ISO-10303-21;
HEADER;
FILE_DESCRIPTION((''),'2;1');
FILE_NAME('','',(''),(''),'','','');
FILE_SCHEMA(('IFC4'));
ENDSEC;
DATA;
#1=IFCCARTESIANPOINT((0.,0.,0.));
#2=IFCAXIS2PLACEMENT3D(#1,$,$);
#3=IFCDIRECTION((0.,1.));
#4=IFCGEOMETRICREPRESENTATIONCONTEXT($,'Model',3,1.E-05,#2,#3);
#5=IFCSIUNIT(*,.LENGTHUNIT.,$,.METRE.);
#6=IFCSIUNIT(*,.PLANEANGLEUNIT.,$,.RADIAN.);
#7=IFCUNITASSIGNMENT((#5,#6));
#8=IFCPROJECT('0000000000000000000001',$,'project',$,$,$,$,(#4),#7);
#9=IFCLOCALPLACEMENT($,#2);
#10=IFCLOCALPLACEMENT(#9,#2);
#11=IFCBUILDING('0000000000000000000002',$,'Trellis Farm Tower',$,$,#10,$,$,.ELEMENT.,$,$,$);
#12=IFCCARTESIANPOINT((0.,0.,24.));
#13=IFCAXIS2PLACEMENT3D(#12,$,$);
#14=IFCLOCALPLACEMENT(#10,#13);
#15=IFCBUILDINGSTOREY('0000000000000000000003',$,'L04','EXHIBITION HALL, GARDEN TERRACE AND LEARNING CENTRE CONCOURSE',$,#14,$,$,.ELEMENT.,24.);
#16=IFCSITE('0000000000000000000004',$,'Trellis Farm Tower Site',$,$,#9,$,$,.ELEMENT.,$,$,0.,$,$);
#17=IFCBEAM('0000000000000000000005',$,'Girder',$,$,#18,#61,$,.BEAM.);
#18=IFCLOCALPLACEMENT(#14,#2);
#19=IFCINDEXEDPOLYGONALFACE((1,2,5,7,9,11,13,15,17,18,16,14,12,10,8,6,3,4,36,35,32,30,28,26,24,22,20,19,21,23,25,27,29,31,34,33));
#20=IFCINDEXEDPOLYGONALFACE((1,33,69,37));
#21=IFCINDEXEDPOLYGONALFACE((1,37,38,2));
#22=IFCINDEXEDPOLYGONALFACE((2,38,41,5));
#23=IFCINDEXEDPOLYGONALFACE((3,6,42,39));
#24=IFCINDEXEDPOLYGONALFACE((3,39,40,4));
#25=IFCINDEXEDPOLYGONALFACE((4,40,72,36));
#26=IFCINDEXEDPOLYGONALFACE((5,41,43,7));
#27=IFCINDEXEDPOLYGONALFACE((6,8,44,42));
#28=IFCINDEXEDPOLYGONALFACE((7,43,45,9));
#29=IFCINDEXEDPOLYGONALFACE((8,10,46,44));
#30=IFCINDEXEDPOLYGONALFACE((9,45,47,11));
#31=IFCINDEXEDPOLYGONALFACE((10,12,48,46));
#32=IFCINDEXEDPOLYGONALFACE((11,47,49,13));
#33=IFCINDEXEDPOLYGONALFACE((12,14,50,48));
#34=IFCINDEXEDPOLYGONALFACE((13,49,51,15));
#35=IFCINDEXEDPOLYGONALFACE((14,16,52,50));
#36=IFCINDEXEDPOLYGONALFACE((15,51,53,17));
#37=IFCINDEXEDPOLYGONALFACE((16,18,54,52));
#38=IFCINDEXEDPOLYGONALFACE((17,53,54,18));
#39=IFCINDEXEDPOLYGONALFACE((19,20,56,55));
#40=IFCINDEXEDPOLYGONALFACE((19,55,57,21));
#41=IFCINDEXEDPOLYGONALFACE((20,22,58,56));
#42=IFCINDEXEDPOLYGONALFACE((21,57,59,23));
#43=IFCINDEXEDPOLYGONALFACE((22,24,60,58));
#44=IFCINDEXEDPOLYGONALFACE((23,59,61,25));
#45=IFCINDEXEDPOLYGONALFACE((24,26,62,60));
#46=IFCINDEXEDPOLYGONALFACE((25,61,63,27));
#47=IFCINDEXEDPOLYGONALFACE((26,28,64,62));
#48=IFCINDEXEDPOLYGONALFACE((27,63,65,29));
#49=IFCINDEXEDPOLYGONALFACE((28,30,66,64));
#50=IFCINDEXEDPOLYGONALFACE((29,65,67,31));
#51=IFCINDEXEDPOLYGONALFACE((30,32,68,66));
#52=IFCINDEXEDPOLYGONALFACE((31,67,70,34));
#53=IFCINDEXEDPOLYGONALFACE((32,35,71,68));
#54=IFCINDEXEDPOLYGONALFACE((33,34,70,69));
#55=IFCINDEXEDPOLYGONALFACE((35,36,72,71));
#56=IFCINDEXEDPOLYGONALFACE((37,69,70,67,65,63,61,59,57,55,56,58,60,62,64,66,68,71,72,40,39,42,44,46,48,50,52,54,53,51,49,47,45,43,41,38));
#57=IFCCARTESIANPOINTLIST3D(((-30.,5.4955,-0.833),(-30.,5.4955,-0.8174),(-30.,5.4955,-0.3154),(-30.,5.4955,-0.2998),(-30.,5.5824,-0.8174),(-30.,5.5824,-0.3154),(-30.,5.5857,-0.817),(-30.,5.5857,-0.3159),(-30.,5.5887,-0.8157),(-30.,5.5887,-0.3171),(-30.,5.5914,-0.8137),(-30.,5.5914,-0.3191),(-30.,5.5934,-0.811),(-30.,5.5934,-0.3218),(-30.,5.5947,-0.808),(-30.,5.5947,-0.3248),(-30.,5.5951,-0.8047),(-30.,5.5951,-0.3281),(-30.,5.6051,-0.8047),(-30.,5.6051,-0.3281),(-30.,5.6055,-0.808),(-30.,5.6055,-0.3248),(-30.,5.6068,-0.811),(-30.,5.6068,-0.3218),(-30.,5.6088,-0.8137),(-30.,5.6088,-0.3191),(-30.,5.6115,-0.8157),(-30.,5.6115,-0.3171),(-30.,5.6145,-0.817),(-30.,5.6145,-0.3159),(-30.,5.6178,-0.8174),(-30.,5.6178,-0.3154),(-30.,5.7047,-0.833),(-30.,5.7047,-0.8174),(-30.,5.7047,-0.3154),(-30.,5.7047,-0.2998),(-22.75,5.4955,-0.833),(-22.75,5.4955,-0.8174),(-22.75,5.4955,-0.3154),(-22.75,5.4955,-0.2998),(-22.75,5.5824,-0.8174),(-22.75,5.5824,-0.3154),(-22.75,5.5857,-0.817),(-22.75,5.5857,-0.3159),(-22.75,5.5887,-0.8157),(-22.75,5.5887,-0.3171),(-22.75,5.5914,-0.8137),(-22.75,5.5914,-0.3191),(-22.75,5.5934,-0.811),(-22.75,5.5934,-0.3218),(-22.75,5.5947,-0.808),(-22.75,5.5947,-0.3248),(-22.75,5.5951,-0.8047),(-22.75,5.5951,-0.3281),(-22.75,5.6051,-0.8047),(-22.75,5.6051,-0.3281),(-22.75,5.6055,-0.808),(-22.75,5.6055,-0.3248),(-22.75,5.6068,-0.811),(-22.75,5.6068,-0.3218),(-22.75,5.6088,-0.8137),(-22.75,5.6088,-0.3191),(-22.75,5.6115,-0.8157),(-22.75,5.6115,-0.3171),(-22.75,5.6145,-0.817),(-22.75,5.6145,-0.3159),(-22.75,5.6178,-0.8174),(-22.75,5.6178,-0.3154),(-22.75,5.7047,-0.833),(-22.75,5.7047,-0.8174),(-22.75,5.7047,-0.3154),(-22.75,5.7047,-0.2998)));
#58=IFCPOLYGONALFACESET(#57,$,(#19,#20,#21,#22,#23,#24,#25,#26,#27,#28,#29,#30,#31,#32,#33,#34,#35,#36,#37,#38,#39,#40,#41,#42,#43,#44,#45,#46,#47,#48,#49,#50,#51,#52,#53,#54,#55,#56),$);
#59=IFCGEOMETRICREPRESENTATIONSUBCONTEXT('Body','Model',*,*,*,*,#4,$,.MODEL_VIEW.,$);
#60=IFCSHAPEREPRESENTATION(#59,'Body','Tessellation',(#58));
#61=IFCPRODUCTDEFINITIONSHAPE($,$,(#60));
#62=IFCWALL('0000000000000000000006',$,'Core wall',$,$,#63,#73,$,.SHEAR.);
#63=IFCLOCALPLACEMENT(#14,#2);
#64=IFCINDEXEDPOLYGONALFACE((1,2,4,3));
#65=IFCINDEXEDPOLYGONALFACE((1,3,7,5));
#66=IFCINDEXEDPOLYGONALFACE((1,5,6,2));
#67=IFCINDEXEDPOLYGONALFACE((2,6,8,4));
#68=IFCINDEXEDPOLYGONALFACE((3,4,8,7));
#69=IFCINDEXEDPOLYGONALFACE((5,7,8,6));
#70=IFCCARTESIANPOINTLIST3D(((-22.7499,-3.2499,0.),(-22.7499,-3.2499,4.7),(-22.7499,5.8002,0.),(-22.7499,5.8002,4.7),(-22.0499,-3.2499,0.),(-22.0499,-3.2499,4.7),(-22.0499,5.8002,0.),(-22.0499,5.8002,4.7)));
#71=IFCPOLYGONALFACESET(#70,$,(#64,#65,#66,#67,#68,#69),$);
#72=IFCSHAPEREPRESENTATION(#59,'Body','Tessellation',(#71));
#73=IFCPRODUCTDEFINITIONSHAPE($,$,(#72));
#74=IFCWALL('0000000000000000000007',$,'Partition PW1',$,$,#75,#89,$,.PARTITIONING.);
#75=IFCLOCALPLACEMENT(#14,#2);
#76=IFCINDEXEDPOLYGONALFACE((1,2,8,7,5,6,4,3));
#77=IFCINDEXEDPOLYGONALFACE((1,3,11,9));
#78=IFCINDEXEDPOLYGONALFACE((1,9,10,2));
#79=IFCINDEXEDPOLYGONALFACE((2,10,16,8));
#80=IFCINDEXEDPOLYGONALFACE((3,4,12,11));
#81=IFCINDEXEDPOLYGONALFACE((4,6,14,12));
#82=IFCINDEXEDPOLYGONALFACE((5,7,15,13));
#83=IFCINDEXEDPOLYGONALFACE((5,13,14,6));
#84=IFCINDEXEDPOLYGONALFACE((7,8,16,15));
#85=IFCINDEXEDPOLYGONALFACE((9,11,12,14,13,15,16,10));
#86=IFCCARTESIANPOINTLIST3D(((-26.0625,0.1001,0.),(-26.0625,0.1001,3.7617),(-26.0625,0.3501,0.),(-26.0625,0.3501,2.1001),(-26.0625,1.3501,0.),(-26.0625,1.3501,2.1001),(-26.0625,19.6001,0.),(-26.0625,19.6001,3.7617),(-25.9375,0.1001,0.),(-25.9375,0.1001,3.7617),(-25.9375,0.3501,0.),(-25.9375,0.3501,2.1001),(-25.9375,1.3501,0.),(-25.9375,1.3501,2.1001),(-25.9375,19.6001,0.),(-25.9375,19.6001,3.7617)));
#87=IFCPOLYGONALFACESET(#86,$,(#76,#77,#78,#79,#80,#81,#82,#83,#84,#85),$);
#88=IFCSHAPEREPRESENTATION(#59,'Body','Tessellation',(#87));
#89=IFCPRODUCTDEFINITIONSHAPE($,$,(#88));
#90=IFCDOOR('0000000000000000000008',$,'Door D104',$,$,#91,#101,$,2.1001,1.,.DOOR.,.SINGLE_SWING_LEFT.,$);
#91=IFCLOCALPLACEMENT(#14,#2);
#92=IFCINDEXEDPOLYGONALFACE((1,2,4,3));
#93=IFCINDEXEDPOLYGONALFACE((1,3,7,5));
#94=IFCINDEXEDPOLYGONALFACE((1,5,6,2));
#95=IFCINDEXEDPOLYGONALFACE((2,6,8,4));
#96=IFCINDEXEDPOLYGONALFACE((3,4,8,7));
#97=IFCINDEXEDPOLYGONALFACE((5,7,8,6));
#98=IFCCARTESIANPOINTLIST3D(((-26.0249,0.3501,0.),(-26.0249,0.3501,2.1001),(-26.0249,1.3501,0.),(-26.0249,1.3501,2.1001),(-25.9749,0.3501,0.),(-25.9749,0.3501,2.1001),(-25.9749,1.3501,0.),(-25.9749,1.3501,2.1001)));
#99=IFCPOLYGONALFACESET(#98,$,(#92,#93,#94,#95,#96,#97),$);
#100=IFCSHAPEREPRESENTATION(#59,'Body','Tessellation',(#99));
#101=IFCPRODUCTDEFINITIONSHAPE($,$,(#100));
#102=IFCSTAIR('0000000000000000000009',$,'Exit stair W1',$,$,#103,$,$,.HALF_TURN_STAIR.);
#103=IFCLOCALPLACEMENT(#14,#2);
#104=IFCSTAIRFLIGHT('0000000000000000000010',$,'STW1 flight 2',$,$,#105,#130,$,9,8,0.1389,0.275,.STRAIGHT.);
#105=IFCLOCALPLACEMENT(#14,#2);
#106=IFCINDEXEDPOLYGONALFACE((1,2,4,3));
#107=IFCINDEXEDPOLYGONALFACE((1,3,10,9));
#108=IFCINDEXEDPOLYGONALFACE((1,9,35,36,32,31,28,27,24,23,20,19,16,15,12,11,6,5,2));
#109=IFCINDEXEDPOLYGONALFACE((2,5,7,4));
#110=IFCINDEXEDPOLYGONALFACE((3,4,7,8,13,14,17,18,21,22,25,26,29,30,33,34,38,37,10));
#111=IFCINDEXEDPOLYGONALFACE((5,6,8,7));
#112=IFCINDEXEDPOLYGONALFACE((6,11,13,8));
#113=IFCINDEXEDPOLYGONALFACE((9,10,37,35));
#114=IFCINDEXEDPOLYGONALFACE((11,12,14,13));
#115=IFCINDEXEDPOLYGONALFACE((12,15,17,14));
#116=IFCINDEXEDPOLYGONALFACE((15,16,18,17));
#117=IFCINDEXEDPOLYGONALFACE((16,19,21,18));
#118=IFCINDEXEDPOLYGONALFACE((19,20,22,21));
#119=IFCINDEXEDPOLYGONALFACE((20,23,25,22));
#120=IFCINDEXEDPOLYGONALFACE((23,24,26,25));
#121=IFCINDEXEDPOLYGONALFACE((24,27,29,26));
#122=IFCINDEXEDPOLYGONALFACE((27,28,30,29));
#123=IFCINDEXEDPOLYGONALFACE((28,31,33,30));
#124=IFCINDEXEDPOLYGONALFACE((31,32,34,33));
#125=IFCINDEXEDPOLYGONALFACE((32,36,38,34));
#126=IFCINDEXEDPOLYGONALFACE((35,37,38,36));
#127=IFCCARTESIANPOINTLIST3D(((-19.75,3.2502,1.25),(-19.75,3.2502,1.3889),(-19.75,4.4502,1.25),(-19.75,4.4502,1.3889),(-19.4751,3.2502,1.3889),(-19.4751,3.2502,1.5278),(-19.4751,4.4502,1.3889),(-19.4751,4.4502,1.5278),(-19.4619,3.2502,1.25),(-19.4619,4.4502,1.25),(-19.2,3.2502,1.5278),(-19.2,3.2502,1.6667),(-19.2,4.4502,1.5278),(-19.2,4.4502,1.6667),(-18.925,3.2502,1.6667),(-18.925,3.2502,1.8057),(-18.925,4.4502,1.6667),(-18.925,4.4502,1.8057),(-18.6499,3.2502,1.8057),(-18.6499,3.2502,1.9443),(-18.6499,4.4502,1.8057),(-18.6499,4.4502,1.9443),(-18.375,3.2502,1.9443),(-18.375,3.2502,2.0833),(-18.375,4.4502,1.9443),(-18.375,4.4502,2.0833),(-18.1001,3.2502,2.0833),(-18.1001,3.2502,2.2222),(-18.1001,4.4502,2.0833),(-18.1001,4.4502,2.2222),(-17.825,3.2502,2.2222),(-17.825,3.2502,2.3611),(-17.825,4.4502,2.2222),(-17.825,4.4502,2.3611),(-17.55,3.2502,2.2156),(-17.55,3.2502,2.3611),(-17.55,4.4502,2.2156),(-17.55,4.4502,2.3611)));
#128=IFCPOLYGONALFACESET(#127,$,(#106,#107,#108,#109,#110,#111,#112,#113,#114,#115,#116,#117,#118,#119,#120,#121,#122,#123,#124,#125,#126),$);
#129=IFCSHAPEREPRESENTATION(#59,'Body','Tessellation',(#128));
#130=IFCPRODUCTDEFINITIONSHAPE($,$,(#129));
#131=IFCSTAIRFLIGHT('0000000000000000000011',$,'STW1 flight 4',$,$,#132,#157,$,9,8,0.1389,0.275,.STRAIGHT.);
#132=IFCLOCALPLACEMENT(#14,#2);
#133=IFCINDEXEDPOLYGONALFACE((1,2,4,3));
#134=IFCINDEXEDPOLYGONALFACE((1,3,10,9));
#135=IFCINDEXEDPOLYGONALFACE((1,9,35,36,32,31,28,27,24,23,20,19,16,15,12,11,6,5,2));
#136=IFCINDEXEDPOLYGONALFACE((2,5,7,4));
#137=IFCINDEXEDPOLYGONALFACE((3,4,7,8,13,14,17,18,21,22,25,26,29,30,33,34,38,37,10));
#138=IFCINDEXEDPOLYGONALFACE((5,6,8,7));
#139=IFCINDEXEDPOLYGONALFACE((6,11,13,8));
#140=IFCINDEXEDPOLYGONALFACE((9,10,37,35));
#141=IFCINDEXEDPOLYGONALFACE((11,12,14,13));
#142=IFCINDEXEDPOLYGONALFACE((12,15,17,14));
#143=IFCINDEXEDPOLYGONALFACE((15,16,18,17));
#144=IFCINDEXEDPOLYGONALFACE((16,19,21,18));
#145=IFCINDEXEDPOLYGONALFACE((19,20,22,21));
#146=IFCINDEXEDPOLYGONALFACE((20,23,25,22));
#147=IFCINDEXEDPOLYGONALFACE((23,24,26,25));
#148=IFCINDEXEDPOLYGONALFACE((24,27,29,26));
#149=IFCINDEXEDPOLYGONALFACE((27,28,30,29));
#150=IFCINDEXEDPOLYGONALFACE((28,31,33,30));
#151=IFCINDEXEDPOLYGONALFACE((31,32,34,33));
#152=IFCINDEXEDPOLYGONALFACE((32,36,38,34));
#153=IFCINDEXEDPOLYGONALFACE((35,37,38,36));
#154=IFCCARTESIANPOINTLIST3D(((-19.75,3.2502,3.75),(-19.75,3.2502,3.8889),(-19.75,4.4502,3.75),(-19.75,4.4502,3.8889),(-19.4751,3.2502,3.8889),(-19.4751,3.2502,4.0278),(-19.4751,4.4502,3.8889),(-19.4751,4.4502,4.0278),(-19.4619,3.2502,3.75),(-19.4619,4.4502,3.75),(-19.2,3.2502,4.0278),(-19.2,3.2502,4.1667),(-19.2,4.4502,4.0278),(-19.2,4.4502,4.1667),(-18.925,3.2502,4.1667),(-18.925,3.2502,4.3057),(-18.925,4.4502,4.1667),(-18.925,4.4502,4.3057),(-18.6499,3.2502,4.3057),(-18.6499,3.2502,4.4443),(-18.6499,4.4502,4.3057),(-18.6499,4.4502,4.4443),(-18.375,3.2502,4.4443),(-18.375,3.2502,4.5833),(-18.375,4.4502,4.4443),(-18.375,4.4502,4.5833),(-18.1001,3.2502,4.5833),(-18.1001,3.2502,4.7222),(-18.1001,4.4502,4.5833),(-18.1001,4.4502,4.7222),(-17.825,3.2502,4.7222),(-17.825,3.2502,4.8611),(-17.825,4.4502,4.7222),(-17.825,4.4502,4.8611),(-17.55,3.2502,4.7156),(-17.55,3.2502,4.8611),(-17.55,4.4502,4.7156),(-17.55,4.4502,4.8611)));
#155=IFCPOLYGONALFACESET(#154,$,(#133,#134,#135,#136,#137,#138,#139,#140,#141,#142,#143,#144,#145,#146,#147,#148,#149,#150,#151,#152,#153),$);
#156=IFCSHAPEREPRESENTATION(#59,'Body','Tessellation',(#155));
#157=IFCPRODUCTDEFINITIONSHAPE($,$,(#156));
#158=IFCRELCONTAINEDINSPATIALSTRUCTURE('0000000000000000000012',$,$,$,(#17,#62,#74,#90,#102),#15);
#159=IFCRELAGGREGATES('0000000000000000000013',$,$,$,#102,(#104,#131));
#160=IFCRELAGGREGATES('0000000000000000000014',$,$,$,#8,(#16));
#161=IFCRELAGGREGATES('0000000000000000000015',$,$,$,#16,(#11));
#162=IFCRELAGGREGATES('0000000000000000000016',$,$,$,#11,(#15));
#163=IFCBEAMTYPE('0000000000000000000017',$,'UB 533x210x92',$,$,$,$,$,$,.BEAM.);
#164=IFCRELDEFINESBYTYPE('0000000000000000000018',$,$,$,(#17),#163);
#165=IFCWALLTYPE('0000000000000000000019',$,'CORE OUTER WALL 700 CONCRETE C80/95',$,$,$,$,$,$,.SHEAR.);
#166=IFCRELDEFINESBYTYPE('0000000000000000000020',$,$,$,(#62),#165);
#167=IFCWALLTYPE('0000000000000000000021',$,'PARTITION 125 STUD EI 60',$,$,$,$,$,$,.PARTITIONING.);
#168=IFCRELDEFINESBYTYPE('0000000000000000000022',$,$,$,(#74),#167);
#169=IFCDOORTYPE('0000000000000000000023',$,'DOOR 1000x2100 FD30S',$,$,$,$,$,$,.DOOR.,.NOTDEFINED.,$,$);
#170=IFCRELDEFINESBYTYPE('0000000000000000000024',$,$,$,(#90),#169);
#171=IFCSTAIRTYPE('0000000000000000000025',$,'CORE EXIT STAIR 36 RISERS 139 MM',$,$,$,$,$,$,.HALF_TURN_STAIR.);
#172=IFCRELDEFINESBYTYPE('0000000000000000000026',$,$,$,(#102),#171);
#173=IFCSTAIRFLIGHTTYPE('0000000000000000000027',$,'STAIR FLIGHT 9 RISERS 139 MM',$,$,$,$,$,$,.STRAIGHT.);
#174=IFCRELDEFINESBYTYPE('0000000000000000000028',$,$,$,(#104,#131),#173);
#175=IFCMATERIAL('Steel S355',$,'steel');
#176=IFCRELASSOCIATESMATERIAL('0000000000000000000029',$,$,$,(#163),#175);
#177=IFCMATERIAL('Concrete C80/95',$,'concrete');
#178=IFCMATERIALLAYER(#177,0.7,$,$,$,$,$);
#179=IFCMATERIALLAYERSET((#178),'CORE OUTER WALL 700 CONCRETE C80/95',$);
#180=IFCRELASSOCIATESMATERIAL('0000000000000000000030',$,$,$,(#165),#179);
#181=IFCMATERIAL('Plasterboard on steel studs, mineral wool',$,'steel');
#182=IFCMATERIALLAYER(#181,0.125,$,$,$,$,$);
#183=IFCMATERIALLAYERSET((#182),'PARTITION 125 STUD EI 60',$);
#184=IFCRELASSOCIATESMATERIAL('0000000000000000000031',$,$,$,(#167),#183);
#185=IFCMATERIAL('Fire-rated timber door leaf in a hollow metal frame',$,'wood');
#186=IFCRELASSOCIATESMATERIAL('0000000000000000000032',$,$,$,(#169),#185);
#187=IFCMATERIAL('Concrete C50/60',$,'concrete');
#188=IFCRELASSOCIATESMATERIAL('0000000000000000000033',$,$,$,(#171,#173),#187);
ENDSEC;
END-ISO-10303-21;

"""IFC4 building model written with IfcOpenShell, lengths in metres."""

from ifc_helpers import new_model, si_unit, direction, frame, frame_2d, origin, origin_2d, place, context, subcontext, project, spatial, polyline, rectangle, i_section, outline, extrude, source, transform, mapped, material, layer, layer_set, material_profile, profile_set, type_object, element, fill, aggregate, save


model = new_model("IFC4")

# Units and contexts
model_context = context("Model", 3, precision=1e-05, world=origin(), true_north=direction((0.0, 1.0)))
body_context = subcontext(model_context, "Body", "Model", "MODEL_VIEW")
ifc_project = project(units=[si_unit("LENGTHUNIT", "METRE"), si_unit("PLANEANGLEUNIT", "RADIAN")], contexts=[model_context])

# Site, building, storey
site_placement = place(None, origin())
site = spatial("IfcSite", under=ifc_project, at=site_placement, Name="Trellis Farm Tower Site", CompositionType="ELEMENT", RefElevation=0.0)
building_placement = place(site_placement, origin())
building = spatial("IfcBuilding", under=site, at=building_placement, Name="Trellis Farm Tower", CompositionType="ELEMENT")
storey_placement = place(building_placement, frame((0.0, 0.0, 24.0)))
storey = spatial("IfcBuildingStorey", under=building, at=storey_placement, Name="L04", Description="EXHIBITION HALL, GARDEN TERRACE AND LEARNING CENTRE CONCOURSE", CompositionType="ELEMENT", Elevation=24.0)

# Shared definitions
ifc_material_1 = material(Name="Concrete C80/95", Category="concrete")

# Beam
ifc_material_2 = material(Name="Steel S355", Category="steel")
ifc_material_profile_1 = material_profile(ifc_material_2, i_section(OverallWidth=0.2092, OverallDepth=0.5332, WebThickness=0.01, FlangeThickness=0.0156, FilletRadius=0.0127, at=origin_2d()), Name="UB 533x210x92")
ifc_profile_set_1 = profile_set([ifc_material_profile_1], Name="Steel S355")
beam_type_1 = type_object("IfcBeamType", Name="UB 533x210x92", PredefinedType="BEAM", material=ifc_profile_set_1)
shared_shape_1 = source(origin(), body_context, "Body", "SweptSolid", [
    extrude(i_section(OverallWidth=0.2092, OverallDepth=0.5332, WebThickness=0.01, FlangeThickness=0.0156, FilletRadius=0.0127, at=origin_2d()), origin(), (0.0, 0.0, 1.0), 7.25),
])
beam_1_placement = place(storey_placement, frame((-30.0, 5.6001, -0.5664), z_axis=(1.0, 0.0, 0.0), x_axis=(0.0, 1.0, 0.0)))
element("IfcBeam", 1, at=beam_1_placement, inside=storey, type_object=beam_type_1, Name="Girder", PredefinedType="BEAM", context=body_context, shape_type="MappedRepresentation", body=[
    mapped(shared_shape_1, transform((0.0, 0.0, 0.0))),
])

# Wall
ifc_layer_1 = layer(ifc_material_1, 0.7)
ifc_layer_set_1 = layer_set([ifc_layer_1], Name="CORE OUTER WALL 700 CONCRETE C80/95")
wall_type_1 = type_object("IfcWallType", Name="CORE OUTER WALL 700 CONCRETE C80/95", PredefinedType="SHEAR", material=ifc_layer_set_1)
shared_shape_2 = source(origin(), body_context, "Body", "SweptSolid", [
    extrude(rectangle(XDim=9.05, YDim=0.7, at=frame_2d((4.5249, 0.0))), origin(), (0.0, 0.0, 1.0), 4.7),
])
wall_1_placement = place(storey_placement, frame((-22.3999, 5.8, 0.0), z_axis=(0.0, 0.0, 1.0), x_axis=(0.0, -1.0, 0.0)))
element("IfcWall", 2, at=wall_1_placement, inside=storey, type_object=wall_type_1, Name="Core wall", PredefinedType="SHEAR", context=body_context, shape_type="MappedRepresentation", body=[
    mapped(shared_shape_2, transform((0.0, 0.0, 0.0))),
])

# Wall, opening, door
ifc_material_3 = material(Name="Plasterboard on steel studs, mineral wool", Category="steel")
ifc_layer_2 = layer(ifc_material_3, 0.125)
ifc_layer_set_2 = layer_set([ifc_layer_2], Name="PARTITION 125 STUD EI 60")
wall_type_2 = type_object("IfcWallType", Name="PARTITION 125 STUD EI 60", PredefinedType="PARTITIONING", material=ifc_layer_set_2)
shared_shape_3 = source(origin(), body_context, "Body", "SweptSolid", [
    extrude(rectangle(XDim=19.5, YDim=0.125, at=frame_2d((9.75, 0.0))), origin(), (0.0, 0.0, 1.0), 3.7617),
])
wall_2_placement = place(storey_placement, frame((-26.0, 0.1001, 0.0), z_axis=(0.0, 0.0, 1.0), x_axis=(0.0, 1.0, 0.0)))
wall_2 = element("IfcWall", 3, at=wall_2_placement, inside=storey, type_object=wall_type_2, Name="Partition PW1", PredefinedType="PARTITIONING", context=body_context, shape_type="MappedRepresentation", body=[
    mapped(shared_shape_3, transform((0.0, 0.0, 0.0))),
])
shared_shape_4 = source(origin(), body_context, "Body", "SweptSolid", [
    extrude(rectangle(XDim=1.0, YDim=2.1001, at=frame_2d((0.5, 1.05))), frame((0.0, 0.0725, 0.0), z_axis=(0.0, -1.0, 0.0), x_axis=(1.0, 0.0, 0.0)), (0.0, 0.0, 1.0), 0.145),
])
opening_placement = place(wall_2_placement, frame((0.25, 0.0, 0.0)))
opening = element("IfcOpeningElement", 4, at=opening_placement, cuts=wall_2, PredefinedType="OPENING", context=body_context, shape_type="MappedRepresentation", body=[
    mapped(shared_shape_4, transform((0.0, 0.0, 0.0))),
])
ifc_material_4 = material(Name="Fire-rated timber door leaf in a hollow metal frame", Category="wood")
door_type = type_object("IfcDoorType", Name="DOOR 1000x2100 FD30S", OperationType="NOTDEFINED", PredefinedType="DOOR", material=ifc_material_4)
shared_shape_5 = source(origin(), body_context, "Body", "SweptSolid", [
    extrude(rectangle(XDim=1.0, YDim=2.1001, at=frame_2d((0.5, 1.05))), frame((0.0, 0.0249, 0.0), z_axis=(0.0, -1.0, 0.0), x_axis=(1.0, 0.0, 0.0)), (0.0, 0.0, 1.0), 0.05),
])
door_placement = place(opening_placement, origin())
door = element("IfcDoor", 5, at=door_placement, inside=storey, type_object=door_type, Name="Door D104", OperationType="SINGLE_SWING_LEFT", OverallHeight=2.1001, OverallWidth=1.0, PredefinedType="DOOR", context=body_context, shape_type="MappedRepresentation", body=[
    mapped(shared_shape_5, transform((0.0, 0.0, 0.0))),
])
fill(opening, door)

# Stair, stair flights
ifc_material_5 = material(Name="Concrete C50/60", Category="concrete")
stair_type = type_object("IfcStairType", Name="CORE EXIT STAIR 36 RISERS 139 MM", PredefinedType="HALF_TURN_STAIR", material=ifc_material_5)
placement = place(storey_placement, origin())
stair_1 = element("IfcStair", 6, at=placement, inside=storey, type_object=stair_type, Name="Exit stair W1", PredefinedType="HALF_TURN_STAIR")
stair_flight_type = type_object("IfcStairFlightType", Name="STAIR FLIGHT 9 RISERS 139 MM", PredefinedType="STRAIGHT", material=ifc_material_5)
shared_shape_6 = source(origin(), body_context, "Body", "SweptSolid", [
    extrude(outline(polyline([(0.0, 0.0), (0.0, 0.1389), (0.2749, 0.1389), (0.2749, 0.2778), (0.55, 0.2778), (0.55, 0.4167), (0.825, 0.4167), (0.825, 0.5557), (1.1001, 0.5557), (1.1001, 0.6943), (1.375, 0.6943), (1.375, 0.8333), (1.6499, 0.8333), (1.6499, 0.9722), (1.925, 0.9722), (1.925, 1.1111), (2.2, 1.1111), (2.2, 1.25), (2.2, 0.9656), (0.2881, 0.0), (0.0, 0.0)])), frame((0.0, 0.6001, 0.0), z_axis=(0.0, -1.0, 0.0), x_axis=(1.0, 0.0, 0.0)), (0.0, 0.0, 1.0), 1.2),
])
stair_flight_1_placement = place(storey_placement, frame((-19.75, 3.8501, 1.25), z_axis=(0.0, 0.0, 1.0), x_axis=(1.0, 0.0, 0.0)))
stair_flight_1 = element("IfcStairFlight", 7, at=stair_flight_1_placement, type_object=stair_flight_type, Name="STW1 flight 2", NumberOfRisers=9, NumberOfTreads=8, PredefinedType="STRAIGHT", RiserHeight=0.1389, TreadLength=0.275, context=body_context, shape_type="MappedRepresentation", body=[
    mapped(shared_shape_6, transform((0.0, 0.0, 0.0))),
])
stair_flight_2_placement = place(storey_placement, frame((-19.75, 3.8501, 3.75), z_axis=(0.0, 0.0, 1.0), x_axis=(1.0, 0.0, 0.0)))
stair_flight_2 = element("IfcStairFlight", 8, at=stair_flight_2_placement, type_object=stair_flight_type, Name="STW1 flight 4", NumberOfRisers=9, NumberOfTreads=8, PredefinedType="STRAIGHT", RiserHeight=0.1389, TreadLength=0.275, context=body_context, shape_type="MappedRepresentation", body=[
    mapped(shared_shape_6, transform((0.0, 0.0, 0.0))),
])
aggregate(stair_1, [stair_flight_1, stair_flight_2])

save(model, "model.ifc")
